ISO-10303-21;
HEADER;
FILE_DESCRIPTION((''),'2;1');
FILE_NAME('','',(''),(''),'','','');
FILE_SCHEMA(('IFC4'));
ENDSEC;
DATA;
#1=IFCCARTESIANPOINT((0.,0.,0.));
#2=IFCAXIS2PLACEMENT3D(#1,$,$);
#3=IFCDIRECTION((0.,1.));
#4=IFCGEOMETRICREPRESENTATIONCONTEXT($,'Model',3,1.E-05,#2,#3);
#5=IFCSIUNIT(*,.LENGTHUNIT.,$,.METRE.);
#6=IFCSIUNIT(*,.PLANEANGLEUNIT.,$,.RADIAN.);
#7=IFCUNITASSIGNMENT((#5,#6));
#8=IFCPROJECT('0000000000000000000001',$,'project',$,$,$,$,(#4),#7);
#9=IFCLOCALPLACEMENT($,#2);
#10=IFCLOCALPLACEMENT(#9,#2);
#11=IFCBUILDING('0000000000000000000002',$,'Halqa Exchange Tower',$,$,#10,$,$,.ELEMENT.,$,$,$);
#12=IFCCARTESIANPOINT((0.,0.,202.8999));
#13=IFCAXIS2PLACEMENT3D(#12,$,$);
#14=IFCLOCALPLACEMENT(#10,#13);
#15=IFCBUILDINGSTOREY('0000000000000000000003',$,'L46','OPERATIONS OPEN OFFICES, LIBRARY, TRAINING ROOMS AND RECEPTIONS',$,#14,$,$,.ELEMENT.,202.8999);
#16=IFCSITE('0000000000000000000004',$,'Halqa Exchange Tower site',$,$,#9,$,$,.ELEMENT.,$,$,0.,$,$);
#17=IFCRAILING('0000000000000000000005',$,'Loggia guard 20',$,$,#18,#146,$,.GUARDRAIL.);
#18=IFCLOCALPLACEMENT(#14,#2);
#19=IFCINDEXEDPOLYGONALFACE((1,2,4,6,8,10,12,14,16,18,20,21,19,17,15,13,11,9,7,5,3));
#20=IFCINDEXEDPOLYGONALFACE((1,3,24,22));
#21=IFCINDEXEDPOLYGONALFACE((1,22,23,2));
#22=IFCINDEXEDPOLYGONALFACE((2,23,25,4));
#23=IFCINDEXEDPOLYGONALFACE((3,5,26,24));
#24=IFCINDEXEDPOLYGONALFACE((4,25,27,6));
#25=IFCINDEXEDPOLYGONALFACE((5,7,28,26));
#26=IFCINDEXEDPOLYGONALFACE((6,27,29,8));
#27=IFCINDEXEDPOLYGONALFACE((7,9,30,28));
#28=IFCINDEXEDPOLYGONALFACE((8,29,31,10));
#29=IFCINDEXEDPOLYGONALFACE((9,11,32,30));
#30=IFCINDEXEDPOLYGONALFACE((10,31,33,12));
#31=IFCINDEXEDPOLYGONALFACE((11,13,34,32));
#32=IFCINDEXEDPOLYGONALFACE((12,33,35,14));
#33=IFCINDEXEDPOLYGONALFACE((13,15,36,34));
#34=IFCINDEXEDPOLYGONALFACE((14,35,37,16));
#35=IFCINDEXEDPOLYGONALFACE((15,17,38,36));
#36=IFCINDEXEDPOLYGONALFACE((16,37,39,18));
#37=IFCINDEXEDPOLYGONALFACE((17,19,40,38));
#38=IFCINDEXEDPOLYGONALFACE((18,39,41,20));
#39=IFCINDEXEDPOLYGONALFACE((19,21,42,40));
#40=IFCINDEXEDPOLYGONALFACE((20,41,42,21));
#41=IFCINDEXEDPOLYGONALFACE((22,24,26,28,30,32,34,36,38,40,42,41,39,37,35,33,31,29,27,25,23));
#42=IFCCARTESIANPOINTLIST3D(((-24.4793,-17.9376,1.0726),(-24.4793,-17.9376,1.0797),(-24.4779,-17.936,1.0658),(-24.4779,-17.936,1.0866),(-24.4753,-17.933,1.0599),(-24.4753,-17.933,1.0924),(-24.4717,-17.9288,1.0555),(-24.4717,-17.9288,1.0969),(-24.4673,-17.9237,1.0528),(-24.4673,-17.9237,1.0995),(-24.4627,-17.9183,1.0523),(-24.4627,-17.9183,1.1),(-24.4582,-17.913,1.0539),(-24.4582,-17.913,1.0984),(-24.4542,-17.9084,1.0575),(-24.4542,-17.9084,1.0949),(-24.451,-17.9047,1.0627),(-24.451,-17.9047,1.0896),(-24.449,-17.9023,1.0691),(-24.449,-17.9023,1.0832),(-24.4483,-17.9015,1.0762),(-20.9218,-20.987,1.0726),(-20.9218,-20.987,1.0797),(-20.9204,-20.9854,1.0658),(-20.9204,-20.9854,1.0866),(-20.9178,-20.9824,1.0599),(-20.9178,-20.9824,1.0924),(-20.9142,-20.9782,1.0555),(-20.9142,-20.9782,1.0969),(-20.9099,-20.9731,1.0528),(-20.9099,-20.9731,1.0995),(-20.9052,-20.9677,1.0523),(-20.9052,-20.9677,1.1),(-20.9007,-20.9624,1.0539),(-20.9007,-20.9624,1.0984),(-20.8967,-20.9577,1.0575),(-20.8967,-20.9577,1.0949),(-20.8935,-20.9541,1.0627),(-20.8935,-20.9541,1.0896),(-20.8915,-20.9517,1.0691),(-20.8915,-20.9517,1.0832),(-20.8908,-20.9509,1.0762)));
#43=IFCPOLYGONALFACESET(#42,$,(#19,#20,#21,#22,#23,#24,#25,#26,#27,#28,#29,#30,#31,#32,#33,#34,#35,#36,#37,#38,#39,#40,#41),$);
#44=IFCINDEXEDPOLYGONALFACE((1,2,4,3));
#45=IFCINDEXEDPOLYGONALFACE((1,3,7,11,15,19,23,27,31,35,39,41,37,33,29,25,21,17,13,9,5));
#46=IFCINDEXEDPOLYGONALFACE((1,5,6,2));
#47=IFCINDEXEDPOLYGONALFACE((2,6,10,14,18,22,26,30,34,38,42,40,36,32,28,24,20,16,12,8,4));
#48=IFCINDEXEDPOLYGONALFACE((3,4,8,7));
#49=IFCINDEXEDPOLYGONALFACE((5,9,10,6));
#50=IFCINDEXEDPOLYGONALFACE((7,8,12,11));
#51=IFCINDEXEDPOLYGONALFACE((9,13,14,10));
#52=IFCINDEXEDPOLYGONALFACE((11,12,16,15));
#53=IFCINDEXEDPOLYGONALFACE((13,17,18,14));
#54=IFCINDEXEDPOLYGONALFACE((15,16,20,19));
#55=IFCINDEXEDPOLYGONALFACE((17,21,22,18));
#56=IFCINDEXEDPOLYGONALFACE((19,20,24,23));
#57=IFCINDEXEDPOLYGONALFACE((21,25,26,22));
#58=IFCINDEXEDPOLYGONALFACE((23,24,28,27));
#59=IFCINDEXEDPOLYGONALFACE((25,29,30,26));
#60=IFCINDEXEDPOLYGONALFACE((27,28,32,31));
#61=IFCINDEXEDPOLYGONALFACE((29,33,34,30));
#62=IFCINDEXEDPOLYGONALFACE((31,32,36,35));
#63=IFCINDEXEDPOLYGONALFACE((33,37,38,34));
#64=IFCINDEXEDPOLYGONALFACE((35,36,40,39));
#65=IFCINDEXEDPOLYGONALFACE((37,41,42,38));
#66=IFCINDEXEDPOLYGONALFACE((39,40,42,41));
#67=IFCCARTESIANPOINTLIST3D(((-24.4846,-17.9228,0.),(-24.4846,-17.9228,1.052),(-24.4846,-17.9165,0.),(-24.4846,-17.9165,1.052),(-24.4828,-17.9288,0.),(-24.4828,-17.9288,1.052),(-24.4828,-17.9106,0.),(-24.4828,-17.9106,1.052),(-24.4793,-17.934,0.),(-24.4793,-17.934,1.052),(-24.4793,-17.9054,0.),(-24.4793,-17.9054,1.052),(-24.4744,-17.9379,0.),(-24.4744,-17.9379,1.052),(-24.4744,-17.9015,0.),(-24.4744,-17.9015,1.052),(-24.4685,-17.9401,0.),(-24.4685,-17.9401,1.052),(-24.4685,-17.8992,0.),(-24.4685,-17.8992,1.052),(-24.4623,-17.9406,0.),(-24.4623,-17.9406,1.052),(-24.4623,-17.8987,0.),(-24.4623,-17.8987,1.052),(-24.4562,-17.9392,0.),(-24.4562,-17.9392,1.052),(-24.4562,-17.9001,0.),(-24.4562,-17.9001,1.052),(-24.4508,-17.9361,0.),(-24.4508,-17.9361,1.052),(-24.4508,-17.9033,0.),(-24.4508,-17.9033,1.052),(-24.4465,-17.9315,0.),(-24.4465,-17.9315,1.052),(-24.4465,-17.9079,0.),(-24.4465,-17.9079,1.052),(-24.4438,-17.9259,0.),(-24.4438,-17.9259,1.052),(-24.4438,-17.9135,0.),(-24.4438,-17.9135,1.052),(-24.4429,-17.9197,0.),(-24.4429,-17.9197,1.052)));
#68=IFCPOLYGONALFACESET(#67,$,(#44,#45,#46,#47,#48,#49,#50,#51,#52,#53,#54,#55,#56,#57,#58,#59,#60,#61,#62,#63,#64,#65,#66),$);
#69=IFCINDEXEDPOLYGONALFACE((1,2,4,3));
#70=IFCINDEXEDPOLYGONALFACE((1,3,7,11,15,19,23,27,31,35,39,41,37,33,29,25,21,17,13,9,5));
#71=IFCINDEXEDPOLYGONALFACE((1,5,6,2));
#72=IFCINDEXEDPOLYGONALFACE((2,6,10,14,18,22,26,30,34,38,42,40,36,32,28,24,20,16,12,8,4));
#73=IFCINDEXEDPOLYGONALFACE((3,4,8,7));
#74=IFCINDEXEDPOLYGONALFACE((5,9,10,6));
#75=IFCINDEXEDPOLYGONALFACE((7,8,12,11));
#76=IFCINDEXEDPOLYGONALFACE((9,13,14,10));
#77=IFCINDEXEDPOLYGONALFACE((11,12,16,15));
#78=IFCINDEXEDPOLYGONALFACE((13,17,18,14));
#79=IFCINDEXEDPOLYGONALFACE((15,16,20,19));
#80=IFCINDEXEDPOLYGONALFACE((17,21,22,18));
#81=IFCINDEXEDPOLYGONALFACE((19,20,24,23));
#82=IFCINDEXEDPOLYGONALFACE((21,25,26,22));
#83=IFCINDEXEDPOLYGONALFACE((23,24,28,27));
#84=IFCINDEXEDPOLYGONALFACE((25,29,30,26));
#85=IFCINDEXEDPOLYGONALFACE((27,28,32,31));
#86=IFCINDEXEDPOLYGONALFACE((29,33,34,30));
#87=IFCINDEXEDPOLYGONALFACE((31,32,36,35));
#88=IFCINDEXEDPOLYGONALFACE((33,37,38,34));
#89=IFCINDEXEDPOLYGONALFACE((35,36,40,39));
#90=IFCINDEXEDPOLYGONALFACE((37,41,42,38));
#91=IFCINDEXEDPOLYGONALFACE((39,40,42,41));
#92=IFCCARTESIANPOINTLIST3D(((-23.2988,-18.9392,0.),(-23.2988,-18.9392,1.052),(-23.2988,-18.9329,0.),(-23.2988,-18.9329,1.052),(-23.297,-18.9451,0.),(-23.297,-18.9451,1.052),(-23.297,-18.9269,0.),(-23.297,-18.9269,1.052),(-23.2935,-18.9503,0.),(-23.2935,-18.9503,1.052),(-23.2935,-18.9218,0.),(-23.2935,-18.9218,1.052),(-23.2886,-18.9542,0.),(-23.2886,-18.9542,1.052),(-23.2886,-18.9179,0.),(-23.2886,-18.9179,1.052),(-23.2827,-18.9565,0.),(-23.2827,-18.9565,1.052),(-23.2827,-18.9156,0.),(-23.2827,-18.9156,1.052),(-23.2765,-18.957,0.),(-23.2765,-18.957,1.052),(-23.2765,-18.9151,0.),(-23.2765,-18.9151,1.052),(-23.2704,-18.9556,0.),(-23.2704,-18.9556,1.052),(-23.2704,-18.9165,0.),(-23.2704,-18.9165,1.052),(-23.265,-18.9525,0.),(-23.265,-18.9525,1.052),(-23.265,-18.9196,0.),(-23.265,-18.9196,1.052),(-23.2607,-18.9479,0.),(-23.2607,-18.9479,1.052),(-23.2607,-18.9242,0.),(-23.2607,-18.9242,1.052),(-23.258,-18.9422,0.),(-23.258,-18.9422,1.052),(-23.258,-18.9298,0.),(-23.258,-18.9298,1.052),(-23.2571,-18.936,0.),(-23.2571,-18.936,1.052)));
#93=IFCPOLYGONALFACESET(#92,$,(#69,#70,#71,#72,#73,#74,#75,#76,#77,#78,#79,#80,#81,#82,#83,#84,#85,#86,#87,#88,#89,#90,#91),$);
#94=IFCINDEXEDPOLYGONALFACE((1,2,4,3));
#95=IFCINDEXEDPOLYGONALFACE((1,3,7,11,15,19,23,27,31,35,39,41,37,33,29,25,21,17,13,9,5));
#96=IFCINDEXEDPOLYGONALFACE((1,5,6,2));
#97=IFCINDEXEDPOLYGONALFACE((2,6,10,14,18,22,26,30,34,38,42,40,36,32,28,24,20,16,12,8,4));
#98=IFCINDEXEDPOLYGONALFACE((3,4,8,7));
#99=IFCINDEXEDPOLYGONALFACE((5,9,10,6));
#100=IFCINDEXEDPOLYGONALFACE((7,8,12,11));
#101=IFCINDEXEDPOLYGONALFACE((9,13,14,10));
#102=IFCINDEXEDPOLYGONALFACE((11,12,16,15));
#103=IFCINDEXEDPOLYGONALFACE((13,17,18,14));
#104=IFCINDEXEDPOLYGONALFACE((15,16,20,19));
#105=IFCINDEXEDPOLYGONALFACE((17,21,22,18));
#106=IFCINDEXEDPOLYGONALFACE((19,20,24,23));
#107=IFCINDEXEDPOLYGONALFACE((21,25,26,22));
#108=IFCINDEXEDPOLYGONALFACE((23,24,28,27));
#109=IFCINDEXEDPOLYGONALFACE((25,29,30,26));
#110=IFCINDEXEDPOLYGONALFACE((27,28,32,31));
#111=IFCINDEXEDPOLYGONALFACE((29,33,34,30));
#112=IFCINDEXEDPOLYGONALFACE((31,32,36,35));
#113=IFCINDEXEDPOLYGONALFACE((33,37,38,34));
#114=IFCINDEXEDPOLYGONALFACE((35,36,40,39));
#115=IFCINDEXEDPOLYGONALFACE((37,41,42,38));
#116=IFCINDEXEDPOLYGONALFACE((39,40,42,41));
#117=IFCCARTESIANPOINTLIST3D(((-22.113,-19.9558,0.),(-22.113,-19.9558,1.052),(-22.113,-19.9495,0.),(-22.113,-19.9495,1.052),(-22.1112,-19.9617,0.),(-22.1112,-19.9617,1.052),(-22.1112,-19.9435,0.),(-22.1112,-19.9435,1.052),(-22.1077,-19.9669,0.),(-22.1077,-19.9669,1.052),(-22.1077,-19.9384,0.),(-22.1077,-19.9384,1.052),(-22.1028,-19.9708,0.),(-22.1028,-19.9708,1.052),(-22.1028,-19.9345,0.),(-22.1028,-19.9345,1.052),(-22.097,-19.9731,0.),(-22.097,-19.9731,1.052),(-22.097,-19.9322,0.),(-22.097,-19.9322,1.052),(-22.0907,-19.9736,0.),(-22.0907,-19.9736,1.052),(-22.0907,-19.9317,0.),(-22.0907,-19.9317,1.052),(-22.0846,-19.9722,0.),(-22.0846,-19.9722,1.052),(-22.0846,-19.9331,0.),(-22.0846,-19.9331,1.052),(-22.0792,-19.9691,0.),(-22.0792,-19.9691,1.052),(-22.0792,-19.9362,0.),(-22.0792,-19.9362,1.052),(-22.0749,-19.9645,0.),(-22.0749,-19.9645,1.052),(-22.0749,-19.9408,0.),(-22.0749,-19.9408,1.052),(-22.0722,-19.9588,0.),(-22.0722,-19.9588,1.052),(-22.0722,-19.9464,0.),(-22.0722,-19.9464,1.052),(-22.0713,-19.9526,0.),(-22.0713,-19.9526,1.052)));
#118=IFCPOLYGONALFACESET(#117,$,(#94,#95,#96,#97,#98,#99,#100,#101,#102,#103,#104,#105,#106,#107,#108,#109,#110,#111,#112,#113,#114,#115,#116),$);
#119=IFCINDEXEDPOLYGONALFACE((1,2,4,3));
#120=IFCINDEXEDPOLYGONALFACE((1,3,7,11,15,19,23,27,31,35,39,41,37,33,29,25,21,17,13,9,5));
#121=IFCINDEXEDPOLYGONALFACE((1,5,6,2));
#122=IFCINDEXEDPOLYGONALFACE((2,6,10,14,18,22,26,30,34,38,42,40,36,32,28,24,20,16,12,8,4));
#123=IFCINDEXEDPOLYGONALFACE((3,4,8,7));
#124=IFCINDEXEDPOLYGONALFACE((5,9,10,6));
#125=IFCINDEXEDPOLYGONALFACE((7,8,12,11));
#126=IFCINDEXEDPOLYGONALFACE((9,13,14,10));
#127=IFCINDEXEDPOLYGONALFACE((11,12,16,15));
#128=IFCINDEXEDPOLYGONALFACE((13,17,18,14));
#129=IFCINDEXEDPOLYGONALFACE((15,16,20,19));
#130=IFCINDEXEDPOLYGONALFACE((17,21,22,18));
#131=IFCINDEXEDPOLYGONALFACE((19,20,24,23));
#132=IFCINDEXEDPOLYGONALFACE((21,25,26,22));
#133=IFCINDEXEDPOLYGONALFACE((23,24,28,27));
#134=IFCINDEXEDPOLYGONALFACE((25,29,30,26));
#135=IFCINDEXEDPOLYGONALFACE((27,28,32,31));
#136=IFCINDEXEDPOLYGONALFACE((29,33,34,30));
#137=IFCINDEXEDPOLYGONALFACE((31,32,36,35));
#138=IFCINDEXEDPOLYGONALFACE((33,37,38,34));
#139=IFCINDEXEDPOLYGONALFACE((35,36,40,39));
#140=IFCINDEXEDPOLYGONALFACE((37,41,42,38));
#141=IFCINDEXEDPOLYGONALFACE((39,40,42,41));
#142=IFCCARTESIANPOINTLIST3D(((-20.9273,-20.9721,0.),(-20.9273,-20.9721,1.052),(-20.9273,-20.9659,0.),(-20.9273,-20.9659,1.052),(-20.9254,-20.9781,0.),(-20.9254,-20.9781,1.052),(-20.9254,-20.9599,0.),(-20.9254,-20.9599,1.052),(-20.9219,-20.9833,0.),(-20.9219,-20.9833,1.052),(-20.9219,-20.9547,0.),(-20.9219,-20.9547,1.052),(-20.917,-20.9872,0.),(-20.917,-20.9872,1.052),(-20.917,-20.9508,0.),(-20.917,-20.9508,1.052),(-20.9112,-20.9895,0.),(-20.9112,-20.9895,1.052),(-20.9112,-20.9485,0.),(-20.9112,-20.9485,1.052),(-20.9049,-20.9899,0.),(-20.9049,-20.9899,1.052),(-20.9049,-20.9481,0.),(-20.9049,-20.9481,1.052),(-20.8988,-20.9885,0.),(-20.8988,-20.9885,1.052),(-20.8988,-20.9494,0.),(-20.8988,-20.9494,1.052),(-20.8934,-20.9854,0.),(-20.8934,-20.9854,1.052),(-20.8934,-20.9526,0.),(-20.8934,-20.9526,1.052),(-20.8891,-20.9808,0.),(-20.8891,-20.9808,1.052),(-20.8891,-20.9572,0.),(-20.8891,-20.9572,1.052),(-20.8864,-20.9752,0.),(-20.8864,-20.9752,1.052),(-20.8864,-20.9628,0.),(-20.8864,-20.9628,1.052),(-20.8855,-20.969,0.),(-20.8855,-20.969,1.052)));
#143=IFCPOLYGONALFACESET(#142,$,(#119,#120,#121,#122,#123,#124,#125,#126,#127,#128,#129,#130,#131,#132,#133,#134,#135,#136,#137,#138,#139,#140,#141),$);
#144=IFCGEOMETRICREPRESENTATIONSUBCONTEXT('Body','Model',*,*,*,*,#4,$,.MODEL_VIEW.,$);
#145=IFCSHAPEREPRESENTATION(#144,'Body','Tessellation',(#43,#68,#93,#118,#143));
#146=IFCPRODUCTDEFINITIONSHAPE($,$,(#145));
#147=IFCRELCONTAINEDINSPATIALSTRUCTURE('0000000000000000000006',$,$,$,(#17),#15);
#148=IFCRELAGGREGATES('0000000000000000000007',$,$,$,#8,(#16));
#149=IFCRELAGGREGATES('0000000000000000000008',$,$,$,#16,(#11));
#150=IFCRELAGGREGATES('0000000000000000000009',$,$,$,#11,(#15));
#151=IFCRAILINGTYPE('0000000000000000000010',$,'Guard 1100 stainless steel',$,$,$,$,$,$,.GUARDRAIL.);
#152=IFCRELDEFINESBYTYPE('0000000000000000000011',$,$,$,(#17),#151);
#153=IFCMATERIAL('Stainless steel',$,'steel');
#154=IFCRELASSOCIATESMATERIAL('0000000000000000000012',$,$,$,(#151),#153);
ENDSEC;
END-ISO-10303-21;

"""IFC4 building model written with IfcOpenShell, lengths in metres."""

from ifc_helpers import new_model, si_unit, direction, frame, origin, origin_2d, place, context, subcontext, project, spatial, circle, extrude, material, type_object, element, save


model = new_model("IFC4")

# Units and contexts
model_context = context("Model", 3, precision=1e-05, world=origin(), true_north=direction((0.0, 1.0)))
body_context = subcontext(model_context, "Body", "Model", "MODEL_VIEW")
ifc_project = project(units=[si_unit("LENGTHUNIT", "METRE"), si_unit("PLANEANGLEUNIT", "RADIAN")], contexts=[model_context])

# Site, building, storey
site_placement = place(None, origin())
site = spatial("IfcSite", under=ifc_project, at=site_placement, Name="Halqa Exchange Tower site", CompositionType="ELEMENT", RefElevation=0.0)
building_placement = place(site_placement, origin())
building = spatial("IfcBuilding", under=site, at=building_placement, Name="Halqa Exchange Tower", CompositionType="ELEMENT")
storey_placement = place(building_placement, frame((0.0, 0.0, 202.8999)))
storey = spatial("IfcBuildingStorey", under=building, at=storey_placement, Name="L46", Description="OPERATIONS OPEN OFFICES, LIBRARY, TRAINING ROOMS AND RECEPTIONS", CompositionType="ELEMENT", Elevation=202.8999)

# Railing
ifc_material_1 = material(Name="Stainless steel", Category="steel")
railing_type = type_object("IfcRailingType", Name="Guard 1100 stainless steel", PredefinedType="GUARDRAIL", material=ifc_material_1)
railing_1_placement = place(storey_placement, frame((-24.4639, -17.9197, 0.0)))
element("IfcRailing", 1, at=railing_1_placement, inside=storey, type_object=railing_type, Name="Loggia guard 20", PredefinedType="GUARDRAIL", context=body_context, shape_type="SweptSolid", body=[
    extrude(circle(Radius=0.0239, at=origin_2d()), frame((0.0, 0.0, 1.0762), z_axis=(0.759242, -0.650809, 0.0), x_axis=(0.650809, 0.759242, 0.0)), (0.0, 0.0, 1.0), 4.6855),
    extrude(circle(Radius=0.021, at=origin_2d()), origin(), (0.0, 0.0, 1.0), 1.052),
    extrude(circle(Radius=0.021, at=origin_2d()), frame((1.1858, -1.0164, 0.0)), (0.0, 0.0, 1.0), 1.052),
    extrude(circle(Radius=0.021, at=origin_2d()), frame((2.3716, -2.033, 0.0)), (0.0, 0.0, 1.0), 1.052),
    extrude(circle(Radius=0.021, at=origin_2d()), frame((3.5574, -3.0493, 0.0)), (0.0, 0.0, 1.0), 1.052),
])

save(model, "model.ifc")
